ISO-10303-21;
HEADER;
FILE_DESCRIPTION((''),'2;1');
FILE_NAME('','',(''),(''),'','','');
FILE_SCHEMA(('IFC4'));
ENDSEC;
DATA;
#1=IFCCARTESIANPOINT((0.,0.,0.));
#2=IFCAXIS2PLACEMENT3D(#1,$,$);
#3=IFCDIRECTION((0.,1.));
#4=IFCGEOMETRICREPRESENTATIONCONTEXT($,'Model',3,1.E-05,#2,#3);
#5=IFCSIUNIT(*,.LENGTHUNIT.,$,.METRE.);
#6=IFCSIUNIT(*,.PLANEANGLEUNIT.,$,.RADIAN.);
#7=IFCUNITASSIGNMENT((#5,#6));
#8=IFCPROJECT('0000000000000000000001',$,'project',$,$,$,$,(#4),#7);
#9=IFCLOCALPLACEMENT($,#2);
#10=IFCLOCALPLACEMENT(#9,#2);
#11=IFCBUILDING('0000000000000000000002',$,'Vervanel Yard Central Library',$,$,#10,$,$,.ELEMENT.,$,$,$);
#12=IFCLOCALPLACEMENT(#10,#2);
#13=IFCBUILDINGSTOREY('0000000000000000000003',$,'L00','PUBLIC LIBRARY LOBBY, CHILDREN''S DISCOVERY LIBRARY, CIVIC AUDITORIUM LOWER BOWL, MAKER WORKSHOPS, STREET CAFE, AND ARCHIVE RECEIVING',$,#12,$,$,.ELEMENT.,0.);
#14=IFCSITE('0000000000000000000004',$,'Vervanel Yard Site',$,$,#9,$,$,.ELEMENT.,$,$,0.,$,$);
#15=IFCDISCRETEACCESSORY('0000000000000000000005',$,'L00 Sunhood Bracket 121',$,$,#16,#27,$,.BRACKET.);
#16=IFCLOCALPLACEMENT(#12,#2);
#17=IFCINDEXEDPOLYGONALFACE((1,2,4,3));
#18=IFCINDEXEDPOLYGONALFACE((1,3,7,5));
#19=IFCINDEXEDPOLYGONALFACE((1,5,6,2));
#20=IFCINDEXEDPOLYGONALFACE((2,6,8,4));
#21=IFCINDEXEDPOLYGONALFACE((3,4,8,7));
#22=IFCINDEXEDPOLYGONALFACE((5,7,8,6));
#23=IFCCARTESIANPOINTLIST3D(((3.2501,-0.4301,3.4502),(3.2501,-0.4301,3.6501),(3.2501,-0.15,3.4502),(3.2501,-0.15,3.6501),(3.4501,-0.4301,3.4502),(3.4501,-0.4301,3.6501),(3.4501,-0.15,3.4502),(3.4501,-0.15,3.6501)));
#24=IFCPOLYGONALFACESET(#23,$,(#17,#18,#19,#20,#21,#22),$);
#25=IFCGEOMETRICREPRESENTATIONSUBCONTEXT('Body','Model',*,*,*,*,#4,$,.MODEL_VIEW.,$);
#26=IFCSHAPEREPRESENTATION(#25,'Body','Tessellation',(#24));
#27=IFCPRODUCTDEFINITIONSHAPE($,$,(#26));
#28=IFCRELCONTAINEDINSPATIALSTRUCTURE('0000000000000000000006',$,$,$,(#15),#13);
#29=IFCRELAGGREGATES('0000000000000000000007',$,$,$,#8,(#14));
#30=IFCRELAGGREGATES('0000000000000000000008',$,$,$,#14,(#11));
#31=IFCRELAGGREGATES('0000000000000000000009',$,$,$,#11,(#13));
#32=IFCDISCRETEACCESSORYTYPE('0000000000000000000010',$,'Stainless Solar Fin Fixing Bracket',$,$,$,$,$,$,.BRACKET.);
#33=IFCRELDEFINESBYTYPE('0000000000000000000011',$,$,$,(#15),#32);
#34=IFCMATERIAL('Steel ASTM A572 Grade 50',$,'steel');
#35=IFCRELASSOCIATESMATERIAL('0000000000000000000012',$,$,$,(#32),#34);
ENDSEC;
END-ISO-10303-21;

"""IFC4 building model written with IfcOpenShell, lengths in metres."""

from ifc_helpers import new_model, si_unit, direction, frame, origin, origin_2d, place, context, subcontext, project, spatial, rectangle, extrude, material, type_object, element, save


model = new_model("IFC4")

# Units and contexts
model_context = context("Model", 3, precision=1e-05, world=origin(), true_north=direction((0.0, 1.0)))
body_context = subcontext(model_context, "Body", "Model", "MODEL_VIEW")
ifc_project = project(units=[si_unit("LENGTHUNIT", "METRE"), si_unit("PLANEANGLEUNIT", "RADIAN")], contexts=[model_context])

# Site, building, storey
site_placement = place(None, origin())
site = spatial("IfcSite", under=ifc_project, at=site_placement, Name="Vervanel Yard Site", CompositionType="ELEMENT", RefElevation=0.0)
building_placement = place(site_placement, origin())
building = spatial("IfcBuilding", under=site, at=building_placement, Name="Vervanel Yard Central Library", CompositionType="ELEMENT")
storey_placement = place(building_placement, origin())
storey = spatial("IfcBuildingStorey", under=building, at=storey_placement, Name="L00", Description="PUBLIC LIBRARY LOBBY, CHILDREN'S DISCOVERY LIBRARY, CIVIC AUDITORIUM LOWER BOWL, MAKER WORKSHOPS, STREET CAFE, AND ARCHIVE RECEIVING", CompositionType="ELEMENT", Elevation=0.0)

# Discrete accessory
ifc_material_1 = material(Name="Steel ASTM A572 Grade 50", Category="steel")
discrete_accessory_type = type_object("IfcDiscreteAccessoryType", Name="Stainless Solar Fin Fixing Bracket", PredefinedType="BRACKET", material=ifc_material_1)
for number, where, z_axis, x_axis, name in (
    (1, (3.3501, -0.29, 3.4502), (0.0, 0.0, 1.0), (1.0, 0.0, 0.0), "L00 Sunhood Bracket 121"),
):
    element("IfcDiscreteAccessory", number, at=place(storey_placement, frame(where, z_axis=z_axis, x_axis=x_axis)), inside=storey, type_object=discrete_accessory_type, Name=name, PredefinedType="BRACKET", context=body_context, shape_type="SweptSolid", body=[
        extrude(rectangle(XDim=0.2, YDim=0.28, at=origin_2d()), origin(), (0.0, 0.0, 1.0), 0.2),
    ])

save(model, "model.ifc")
